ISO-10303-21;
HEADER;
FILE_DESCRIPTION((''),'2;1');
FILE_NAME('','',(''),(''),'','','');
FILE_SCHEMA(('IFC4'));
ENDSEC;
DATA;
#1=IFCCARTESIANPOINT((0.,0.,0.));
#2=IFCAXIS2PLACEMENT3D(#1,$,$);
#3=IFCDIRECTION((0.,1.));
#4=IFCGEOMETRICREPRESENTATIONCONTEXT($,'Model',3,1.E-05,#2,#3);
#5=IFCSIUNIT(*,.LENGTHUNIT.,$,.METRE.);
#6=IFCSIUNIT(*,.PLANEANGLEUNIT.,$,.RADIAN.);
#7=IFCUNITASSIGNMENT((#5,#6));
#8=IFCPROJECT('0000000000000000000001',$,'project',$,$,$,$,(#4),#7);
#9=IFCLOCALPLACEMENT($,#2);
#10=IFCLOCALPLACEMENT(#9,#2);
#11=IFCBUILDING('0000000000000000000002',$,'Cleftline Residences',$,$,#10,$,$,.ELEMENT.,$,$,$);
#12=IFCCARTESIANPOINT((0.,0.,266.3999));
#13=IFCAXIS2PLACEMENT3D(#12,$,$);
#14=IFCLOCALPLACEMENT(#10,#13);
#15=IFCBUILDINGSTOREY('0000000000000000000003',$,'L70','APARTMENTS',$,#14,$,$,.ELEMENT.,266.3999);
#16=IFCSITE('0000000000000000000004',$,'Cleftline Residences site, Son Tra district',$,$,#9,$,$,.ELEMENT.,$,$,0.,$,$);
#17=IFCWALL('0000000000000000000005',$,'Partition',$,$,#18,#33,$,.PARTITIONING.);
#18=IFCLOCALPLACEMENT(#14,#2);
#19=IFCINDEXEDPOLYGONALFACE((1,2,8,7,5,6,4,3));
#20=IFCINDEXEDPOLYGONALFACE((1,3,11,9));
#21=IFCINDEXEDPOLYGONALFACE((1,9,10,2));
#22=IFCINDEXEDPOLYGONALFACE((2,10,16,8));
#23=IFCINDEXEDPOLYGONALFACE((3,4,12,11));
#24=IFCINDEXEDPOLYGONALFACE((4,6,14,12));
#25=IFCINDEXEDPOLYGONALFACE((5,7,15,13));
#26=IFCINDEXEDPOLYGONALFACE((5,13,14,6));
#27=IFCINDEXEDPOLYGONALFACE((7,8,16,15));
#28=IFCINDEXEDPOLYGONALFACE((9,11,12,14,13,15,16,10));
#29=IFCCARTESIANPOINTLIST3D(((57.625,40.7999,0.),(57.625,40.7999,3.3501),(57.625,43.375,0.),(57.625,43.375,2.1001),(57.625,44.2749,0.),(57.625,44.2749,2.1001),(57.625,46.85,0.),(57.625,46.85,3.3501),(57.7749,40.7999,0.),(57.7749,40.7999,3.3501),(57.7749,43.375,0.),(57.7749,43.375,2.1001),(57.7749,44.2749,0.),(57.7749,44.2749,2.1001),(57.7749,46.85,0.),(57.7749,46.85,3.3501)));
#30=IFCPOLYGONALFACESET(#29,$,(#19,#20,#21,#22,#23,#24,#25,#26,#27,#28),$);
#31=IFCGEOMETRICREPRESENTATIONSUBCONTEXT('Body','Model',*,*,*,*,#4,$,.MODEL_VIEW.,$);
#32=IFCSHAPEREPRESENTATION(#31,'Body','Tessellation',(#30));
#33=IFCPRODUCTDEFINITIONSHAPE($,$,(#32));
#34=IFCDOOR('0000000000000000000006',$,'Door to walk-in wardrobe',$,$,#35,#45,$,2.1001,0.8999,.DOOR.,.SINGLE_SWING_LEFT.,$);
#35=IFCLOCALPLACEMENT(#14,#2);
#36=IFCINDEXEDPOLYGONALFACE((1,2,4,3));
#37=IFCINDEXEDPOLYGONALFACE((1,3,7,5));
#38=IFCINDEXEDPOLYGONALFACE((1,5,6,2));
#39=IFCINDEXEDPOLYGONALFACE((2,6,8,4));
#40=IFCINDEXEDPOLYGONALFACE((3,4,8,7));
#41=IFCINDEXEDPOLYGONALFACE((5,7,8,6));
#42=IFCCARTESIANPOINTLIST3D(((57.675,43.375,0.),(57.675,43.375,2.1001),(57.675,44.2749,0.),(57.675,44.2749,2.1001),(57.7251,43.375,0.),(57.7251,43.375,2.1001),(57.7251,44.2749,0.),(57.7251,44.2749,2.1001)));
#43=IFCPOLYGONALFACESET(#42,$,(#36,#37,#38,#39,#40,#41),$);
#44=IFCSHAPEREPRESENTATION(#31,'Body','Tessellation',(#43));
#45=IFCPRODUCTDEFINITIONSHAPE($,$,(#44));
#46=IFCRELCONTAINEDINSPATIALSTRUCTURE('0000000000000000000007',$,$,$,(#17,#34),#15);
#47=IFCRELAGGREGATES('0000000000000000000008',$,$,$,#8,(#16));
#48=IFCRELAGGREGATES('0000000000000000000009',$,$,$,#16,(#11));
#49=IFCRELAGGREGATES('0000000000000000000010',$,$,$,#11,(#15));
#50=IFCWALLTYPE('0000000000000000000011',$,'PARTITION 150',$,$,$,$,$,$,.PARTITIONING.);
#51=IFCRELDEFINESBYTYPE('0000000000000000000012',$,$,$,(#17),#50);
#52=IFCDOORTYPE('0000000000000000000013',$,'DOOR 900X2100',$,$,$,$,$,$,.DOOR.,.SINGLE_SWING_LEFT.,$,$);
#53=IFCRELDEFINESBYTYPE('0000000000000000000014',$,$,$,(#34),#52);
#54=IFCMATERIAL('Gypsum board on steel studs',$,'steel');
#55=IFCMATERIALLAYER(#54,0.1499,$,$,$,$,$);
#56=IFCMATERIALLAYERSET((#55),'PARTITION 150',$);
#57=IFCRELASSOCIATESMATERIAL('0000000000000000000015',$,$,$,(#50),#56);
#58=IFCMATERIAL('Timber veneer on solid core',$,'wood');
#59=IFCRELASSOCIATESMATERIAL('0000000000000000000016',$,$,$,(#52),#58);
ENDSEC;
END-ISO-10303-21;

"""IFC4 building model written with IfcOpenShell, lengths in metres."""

from ifc_helpers import new_model, si_unit, direction, frame, frame_2d, origin, place, context, subcontext, project, spatial, rectangle, extrude, material, layer, layer_set, type_object, element, fill, save


model = new_model("IFC4")

# Units and contexts
model_context = context("Model", 3, precision=1e-05, world=origin(), true_north=direction((0.0, 1.0)))
body_context = subcontext(model_context, "Body", "Model", "MODEL_VIEW")
ifc_project = project(units=[si_unit("LENGTHUNIT", "METRE"), si_unit("PLANEANGLEUNIT", "RADIAN")], contexts=[model_context])

# Site, building, storey
site_placement = place(None, origin())
site = spatial("IfcSite", under=ifc_project, at=site_placement, Name="Cleftline Residences site, Son Tra district", CompositionType="ELEMENT", RefElevation=0.0)
building_placement = place(site_placement, origin())
building = spatial("IfcBuilding", under=site, at=building_placement, Name="Cleftline Residences", CompositionType="ELEMENT")
storey_placement = place(building_placement, frame((0.0, 0.0, 266.3999)))
storey = spatial("IfcBuildingStorey", under=building, at=storey_placement, Name="L70", Description="APARTMENTS", CompositionType="ELEMENT", Elevation=266.3999)

# Shared definitions
ifc_material_1 = material(Name="Gypsum board on steel studs", Category="steel")
ifc_layer_1 = layer(ifc_material_1, 0.1499)
ifc_layer_set_1 = layer_set([ifc_layer_1], Name="PARTITION 150")
wall_type_1 = type_object("IfcWallType", Name="PARTITION 150", PredefinedType="PARTITIONING", material=ifc_layer_set_1)

# Wall, opening, door
wall_1_placement = place(storey_placement, frame((57.7, 40.8, 0.0), z_axis=(0.0, 0.0, 1.0), x_axis=(0.0, 1.0, 0.0)))
wall_1 = element("IfcWall", 1, at=wall_1_placement, inside=storey, type_object=wall_type_1, Name="Partition", PredefinedType="PARTITIONING", context=body_context, shape_type="SweptSolid", body=[
    extrude(rectangle(XDim=6.05, YDim=0.1499, at=frame_2d((3.0249, 0.0))), origin(), (0.0, 0.0, 1.0), 3.3501),
])
opening_1_placement = place(wall_1_placement, frame((2.575, 0.0, 0.0)))
opening_1 = element("IfcOpeningElement", 2, at=opening_1_placement, cuts=wall_1, PredefinedType="OPENING", context=body_context, shape_type="SweptSolid", body=[
    extrude(rectangle(XDim=0.8999, YDim=2.1001, at=frame_2d((0.45, 1.05))), frame((0.0, 0.085, 0.0), z_axis=(0.0, -1.0, 0.0), x_axis=(1.0, 0.0, 0.0)), (0.0, 0.0, 1.0), 0.1699),
])
ifc_material_2 = material(Name="Timber veneer on solid core", Category="wood")
door_type = type_object("IfcDoorType", Name="DOOR 900X2100", OperationType="SINGLE_SWING_LEFT", PredefinedType="DOOR", material=ifc_material_2)
door_placement = place(opening_1_placement, origin())
door = element("IfcDoor", 3, at=door_placement, inside=storey, type_object=door_type, Name="Door to walk-in wardrobe", OperationType="SINGLE_SWING_LEFT", OverallHeight=2.1001, OverallWidth=0.8999, PredefinedType="DOOR", context=body_context, shape_type="SweptSolid", body=[
    extrude(rectangle(XDim=0.8999, YDim=2.1001, at=frame_2d((0.45, 1.05))), frame((0.0, 0.0249, 0.0), z_axis=(0.0, -1.0, 0.0), x_axis=(1.0, 0.0, 0.0)), (0.0, 0.0, 1.0), 0.05),
])
fill(opening_1, door)

save(model, "model.ifc")
